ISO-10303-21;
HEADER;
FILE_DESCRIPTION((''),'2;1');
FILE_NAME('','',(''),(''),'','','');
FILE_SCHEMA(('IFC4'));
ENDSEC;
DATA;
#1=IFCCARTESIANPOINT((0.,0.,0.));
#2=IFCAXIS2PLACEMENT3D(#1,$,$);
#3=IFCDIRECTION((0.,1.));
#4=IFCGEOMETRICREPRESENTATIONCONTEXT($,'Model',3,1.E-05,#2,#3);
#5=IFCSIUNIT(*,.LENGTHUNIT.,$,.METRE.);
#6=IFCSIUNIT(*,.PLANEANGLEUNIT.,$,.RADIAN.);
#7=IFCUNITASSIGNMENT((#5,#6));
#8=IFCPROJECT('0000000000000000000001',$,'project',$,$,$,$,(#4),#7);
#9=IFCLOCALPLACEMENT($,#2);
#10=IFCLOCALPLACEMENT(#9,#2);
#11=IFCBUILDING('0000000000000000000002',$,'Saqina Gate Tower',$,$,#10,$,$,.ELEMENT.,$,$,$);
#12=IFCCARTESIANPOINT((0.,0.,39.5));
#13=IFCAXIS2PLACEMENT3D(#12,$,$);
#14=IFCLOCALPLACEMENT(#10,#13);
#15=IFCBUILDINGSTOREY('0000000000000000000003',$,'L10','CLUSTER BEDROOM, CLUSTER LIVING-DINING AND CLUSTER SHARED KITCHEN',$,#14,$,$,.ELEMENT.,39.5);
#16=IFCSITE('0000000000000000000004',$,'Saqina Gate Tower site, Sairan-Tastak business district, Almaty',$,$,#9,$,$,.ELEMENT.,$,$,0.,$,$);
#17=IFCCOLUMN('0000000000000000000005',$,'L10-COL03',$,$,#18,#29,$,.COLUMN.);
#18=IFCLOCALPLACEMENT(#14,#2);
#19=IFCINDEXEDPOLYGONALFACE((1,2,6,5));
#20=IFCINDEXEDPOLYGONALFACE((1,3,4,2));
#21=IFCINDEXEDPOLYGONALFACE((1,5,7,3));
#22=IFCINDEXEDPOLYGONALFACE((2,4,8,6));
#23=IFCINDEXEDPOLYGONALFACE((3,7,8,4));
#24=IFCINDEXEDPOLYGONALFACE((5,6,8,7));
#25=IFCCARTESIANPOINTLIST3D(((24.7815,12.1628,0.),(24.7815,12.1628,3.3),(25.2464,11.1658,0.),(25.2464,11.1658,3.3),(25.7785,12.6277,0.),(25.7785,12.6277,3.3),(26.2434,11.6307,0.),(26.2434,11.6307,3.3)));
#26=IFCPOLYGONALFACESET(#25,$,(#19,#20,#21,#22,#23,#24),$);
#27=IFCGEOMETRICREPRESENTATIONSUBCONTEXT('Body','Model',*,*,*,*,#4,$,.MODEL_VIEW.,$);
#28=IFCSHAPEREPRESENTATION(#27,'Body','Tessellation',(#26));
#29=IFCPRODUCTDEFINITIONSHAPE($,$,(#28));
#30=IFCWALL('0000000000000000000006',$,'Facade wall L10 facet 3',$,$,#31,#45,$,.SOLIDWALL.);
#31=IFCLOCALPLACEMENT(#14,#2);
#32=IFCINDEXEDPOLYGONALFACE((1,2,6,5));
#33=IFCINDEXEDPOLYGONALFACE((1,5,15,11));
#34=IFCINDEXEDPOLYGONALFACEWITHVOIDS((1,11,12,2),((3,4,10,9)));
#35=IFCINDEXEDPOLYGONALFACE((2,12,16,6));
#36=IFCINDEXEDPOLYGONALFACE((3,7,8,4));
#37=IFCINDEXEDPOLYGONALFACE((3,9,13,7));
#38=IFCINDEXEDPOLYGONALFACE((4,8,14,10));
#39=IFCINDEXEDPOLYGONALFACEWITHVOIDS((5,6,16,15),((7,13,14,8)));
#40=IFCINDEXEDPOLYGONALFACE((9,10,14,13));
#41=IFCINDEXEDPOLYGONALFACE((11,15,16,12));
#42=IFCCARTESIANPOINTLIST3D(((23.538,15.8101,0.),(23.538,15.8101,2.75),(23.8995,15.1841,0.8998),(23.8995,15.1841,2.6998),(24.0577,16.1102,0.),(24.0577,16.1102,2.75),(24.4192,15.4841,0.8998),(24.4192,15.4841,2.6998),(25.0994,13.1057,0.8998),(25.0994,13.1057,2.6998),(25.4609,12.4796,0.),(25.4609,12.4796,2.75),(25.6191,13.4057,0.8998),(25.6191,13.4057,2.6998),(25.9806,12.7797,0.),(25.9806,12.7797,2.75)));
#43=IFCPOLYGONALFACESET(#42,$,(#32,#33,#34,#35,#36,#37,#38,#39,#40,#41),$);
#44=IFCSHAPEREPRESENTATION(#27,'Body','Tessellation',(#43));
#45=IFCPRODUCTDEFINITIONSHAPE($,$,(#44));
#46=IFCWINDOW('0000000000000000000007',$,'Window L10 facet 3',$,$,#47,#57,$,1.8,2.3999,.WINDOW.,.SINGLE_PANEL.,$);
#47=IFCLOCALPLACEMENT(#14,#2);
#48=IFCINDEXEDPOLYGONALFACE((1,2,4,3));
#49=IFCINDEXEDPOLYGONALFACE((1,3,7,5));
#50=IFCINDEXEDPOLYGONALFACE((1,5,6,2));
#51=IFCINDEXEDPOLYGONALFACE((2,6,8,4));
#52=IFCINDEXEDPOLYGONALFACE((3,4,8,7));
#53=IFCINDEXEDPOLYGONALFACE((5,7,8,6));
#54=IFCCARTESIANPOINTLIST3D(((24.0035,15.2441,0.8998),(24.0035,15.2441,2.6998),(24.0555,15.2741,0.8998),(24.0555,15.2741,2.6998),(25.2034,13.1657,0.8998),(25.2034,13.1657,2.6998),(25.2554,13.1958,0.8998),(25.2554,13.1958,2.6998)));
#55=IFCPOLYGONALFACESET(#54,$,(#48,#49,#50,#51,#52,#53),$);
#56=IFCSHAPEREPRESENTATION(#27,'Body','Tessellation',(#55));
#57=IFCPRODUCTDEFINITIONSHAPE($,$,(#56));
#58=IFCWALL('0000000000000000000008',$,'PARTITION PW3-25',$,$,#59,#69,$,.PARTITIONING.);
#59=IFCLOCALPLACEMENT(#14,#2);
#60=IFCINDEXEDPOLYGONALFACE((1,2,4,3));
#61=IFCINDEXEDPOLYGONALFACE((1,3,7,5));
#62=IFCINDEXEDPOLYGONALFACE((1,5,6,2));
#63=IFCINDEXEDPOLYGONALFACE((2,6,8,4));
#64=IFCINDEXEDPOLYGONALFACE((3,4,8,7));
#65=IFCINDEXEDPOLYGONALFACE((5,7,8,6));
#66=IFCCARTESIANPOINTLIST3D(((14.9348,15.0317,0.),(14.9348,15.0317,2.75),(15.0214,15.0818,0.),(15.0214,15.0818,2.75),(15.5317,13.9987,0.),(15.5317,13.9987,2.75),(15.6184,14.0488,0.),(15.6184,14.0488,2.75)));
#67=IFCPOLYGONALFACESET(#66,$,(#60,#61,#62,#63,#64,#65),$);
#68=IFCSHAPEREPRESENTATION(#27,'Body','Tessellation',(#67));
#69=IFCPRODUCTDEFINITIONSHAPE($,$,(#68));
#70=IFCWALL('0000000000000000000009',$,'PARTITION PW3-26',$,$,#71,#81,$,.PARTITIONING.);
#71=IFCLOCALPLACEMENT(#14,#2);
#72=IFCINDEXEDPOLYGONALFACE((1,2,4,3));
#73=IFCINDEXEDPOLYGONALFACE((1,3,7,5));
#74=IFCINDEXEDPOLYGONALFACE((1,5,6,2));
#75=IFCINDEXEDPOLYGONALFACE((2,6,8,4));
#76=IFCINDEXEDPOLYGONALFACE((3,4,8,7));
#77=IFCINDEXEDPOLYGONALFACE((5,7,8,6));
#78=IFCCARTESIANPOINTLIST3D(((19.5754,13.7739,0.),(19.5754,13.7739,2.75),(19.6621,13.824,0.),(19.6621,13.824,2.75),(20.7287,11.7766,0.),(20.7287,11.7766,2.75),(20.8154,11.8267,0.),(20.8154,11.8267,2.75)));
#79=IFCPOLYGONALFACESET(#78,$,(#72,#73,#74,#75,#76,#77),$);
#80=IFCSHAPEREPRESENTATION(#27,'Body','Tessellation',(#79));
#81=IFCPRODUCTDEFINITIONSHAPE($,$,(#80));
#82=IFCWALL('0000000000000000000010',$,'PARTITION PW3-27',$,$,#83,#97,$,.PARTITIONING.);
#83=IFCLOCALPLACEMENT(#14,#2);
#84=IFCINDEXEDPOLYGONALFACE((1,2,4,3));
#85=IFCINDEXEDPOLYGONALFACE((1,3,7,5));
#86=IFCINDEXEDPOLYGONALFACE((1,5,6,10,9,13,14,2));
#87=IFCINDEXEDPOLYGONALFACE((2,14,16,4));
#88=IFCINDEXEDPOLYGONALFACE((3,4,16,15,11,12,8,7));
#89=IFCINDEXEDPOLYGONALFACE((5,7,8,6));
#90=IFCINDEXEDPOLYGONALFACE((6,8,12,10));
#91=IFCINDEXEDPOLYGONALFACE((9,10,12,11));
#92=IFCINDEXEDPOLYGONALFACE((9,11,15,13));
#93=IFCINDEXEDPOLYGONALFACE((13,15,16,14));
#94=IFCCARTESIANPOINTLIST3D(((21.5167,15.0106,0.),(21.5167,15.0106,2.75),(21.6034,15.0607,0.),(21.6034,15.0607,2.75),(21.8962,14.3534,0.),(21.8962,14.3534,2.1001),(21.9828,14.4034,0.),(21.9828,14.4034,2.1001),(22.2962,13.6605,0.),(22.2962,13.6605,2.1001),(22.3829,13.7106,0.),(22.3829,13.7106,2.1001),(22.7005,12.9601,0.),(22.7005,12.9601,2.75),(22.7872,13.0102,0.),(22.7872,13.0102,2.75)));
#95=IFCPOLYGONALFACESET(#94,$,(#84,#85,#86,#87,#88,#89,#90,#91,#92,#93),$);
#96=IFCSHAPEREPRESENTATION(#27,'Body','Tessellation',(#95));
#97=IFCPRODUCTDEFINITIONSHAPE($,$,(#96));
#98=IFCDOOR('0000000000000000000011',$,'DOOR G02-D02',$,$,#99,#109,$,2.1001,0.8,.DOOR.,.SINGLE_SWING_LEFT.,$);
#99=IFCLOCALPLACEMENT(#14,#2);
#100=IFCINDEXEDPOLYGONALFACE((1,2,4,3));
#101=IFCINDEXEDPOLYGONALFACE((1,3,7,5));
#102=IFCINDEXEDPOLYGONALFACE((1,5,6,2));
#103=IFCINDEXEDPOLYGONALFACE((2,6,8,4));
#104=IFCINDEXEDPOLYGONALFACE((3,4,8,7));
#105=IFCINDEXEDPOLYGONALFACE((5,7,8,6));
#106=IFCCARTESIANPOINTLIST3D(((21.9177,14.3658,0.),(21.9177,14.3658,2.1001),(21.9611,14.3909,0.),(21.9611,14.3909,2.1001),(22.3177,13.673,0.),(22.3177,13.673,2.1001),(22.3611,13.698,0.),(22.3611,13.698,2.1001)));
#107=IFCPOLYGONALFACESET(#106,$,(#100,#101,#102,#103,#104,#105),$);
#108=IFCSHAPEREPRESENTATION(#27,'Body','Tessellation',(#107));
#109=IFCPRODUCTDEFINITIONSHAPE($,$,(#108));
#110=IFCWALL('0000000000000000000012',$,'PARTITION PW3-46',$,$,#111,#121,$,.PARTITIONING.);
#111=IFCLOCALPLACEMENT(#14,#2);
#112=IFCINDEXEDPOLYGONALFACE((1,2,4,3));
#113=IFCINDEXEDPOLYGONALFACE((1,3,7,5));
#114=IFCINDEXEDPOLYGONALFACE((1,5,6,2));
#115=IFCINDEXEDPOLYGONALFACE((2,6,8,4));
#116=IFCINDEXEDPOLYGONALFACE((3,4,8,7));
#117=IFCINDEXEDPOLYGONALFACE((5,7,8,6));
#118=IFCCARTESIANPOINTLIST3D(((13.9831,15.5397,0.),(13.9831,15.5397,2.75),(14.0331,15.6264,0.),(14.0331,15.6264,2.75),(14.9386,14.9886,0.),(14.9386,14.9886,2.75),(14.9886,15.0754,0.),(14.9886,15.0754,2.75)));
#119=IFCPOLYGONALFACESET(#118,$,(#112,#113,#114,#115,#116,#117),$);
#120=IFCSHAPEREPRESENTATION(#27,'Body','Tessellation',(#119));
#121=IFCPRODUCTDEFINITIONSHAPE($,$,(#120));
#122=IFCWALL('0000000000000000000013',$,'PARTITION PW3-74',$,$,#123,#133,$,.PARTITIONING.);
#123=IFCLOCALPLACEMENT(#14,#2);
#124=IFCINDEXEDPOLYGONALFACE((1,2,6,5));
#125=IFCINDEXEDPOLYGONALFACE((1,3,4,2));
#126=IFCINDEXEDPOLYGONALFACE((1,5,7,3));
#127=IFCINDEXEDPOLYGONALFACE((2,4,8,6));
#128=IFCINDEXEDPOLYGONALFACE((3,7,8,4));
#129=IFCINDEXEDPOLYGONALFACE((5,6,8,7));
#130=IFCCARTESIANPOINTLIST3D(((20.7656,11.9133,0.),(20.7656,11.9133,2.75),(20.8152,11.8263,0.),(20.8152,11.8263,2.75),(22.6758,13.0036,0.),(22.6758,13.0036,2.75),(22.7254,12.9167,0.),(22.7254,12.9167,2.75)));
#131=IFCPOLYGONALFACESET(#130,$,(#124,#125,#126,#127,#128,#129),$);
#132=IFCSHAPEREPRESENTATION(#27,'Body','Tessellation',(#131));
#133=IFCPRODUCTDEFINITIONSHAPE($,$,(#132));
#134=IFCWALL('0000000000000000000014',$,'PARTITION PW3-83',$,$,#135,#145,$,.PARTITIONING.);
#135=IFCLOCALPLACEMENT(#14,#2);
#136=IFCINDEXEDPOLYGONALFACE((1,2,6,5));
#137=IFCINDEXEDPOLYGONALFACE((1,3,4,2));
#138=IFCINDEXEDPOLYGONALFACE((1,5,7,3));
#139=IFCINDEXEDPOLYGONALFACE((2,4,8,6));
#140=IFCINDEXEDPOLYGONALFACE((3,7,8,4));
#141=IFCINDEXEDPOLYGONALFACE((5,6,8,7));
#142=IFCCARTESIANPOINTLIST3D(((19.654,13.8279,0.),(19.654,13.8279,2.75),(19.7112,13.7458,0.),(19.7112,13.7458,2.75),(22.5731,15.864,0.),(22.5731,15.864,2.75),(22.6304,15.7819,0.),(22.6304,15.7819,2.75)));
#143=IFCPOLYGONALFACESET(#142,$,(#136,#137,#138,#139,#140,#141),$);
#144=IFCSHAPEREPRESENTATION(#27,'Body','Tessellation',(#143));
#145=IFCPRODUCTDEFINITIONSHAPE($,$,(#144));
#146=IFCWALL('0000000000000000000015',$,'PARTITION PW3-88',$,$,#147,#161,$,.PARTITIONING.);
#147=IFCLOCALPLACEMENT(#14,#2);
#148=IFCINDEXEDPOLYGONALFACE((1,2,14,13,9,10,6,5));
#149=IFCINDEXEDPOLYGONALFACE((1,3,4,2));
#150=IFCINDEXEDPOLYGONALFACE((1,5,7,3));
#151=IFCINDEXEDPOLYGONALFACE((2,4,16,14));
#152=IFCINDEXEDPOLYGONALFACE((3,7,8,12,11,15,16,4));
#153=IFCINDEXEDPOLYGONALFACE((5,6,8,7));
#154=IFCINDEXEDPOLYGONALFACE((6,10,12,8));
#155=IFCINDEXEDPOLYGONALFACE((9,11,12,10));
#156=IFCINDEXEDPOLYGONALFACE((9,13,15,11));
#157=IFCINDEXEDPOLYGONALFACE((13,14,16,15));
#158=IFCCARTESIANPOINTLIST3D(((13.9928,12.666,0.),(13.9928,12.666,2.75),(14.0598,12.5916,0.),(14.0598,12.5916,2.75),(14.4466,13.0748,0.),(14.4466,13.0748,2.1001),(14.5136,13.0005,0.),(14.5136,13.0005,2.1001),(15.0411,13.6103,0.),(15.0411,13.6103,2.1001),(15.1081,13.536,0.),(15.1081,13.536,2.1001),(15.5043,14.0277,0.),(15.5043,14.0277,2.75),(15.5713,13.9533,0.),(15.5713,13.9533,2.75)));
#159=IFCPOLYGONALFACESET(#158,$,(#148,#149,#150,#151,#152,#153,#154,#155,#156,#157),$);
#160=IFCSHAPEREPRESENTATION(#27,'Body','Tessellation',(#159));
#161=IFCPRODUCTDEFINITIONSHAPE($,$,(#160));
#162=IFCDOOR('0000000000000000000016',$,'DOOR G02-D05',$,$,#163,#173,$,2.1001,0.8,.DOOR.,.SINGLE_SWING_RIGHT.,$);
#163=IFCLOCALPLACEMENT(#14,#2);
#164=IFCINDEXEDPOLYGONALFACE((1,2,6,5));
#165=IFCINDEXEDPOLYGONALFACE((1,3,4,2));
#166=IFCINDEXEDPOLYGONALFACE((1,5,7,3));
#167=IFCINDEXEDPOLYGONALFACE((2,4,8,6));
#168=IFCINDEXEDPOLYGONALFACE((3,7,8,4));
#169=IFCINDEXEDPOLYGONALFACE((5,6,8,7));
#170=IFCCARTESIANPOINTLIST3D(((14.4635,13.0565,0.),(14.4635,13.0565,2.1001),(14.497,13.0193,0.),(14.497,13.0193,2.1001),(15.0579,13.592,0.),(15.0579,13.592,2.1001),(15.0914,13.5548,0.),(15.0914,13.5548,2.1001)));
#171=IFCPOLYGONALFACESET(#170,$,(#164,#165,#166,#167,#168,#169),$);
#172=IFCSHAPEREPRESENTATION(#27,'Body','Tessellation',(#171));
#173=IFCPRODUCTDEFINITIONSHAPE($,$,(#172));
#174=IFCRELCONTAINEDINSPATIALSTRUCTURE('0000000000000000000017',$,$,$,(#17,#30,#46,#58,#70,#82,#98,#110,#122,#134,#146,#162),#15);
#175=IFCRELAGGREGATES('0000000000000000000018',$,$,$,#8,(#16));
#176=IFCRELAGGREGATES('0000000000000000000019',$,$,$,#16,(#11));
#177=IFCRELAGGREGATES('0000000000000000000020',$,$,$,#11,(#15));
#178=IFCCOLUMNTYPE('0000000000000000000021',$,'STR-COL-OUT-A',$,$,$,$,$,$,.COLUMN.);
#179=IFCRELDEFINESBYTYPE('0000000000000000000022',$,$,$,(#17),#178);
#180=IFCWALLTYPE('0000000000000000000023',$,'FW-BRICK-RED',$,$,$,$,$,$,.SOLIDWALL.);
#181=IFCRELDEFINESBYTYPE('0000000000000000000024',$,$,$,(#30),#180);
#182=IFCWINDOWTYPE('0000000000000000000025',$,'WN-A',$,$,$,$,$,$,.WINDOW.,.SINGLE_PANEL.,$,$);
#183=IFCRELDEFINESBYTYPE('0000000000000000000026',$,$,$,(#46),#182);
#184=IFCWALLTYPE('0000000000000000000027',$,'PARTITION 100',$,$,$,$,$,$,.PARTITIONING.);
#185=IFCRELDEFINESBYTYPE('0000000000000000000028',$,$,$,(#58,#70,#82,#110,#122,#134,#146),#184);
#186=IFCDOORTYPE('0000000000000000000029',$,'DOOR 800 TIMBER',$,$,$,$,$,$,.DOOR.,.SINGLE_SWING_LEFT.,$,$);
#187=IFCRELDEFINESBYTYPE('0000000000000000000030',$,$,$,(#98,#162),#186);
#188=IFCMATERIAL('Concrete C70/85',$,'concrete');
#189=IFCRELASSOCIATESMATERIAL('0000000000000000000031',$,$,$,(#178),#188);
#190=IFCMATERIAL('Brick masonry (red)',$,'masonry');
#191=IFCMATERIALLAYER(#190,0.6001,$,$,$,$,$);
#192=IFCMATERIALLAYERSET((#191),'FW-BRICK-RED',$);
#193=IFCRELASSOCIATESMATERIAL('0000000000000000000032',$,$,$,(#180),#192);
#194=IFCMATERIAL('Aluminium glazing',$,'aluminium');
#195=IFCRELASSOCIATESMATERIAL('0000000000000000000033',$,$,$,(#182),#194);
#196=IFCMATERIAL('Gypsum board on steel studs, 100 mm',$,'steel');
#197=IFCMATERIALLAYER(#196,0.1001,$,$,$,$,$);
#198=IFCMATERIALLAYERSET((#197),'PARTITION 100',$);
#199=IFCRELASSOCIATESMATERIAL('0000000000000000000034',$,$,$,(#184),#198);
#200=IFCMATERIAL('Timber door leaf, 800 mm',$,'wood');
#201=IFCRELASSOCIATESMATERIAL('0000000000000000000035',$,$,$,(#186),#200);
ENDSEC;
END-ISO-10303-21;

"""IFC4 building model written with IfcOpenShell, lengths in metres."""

from ifc_helpers import new_model, si_unit, direction, frame, frame_2d, origin, origin_2d, place, context, subcontext, project, spatial, rectangle, extrude, material, layer, layer_set, material_profile, profile_set, type_object, element, fill, save


model = new_model("IFC4")

# Units and contexts
model_context = context("Model", 3, precision=1e-05, world=origin(), true_north=direction((0.0, 1.0)))
body_context = subcontext(model_context, "Body", "Model", "MODEL_VIEW")
ifc_project = project(units=[si_unit("LENGTHUNIT", "METRE"), si_unit("PLANEANGLEUNIT", "RADIAN")], contexts=[model_context])

# Site, building, storey
site_placement = place(None, origin())
site = spatial("IfcSite", under=ifc_project, at=site_placement, Name="Saqina Gate Tower site, Sairan-Tastak business district, Almaty", CompositionType="ELEMENT", RefElevation=0.0)
building_placement = place(site_placement, origin())
building = spatial("IfcBuilding", under=site, at=building_placement, Name="Saqina Gate Tower", CompositionType="ELEMENT")
storey_placement = place(building_placement, frame((0.0, 0.0, 39.5)))
storey = spatial("IfcBuildingStorey", under=building, at=storey_placement, Name="L10", Description="CLUSTER BEDROOM, CLUSTER LIVING-DINING AND CLUSTER SHARED KITCHEN", CompositionType="ELEMENT", Elevation=39.5)

# Column
ifc_material_1 = material(Name="Concrete C70/85", Category="concrete")
ifc_material_profile = material_profile(ifc_material_1, rectangle(XDim=1.1001, YDim=1.1001, at=origin_2d()), Name="RC 1100x1100")
ifc_profile_set = profile_set([ifc_material_profile], Name="Concrete C70/85")
column_type = type_object("IfcColumnType", Name="STR-COL-OUT-A", PredefinedType="COLUMN", material=ifc_profile_set)
column_placement = place(storey_placement, frame((25.5125, 11.8967, 0.0), z_axis=(0.0, 0.0, 1.0), x_axis=(0.906308, 0.422618, 0.0)))
element("IfcColumn", 1, at=column_placement, inside=storey, type_object=column_type, Name="L10-COL03", PredefinedType="COLUMN", context=body_context, shape_type="SweptSolid", body=[
    extrude(rectangle(XDim=1.1001, YDim=1.1001, at=origin_2d()), origin(), (0.0, 0.0, 1.0), 3.3),
])

# Wall, opening, window
ifc_material_2 = material(Name="Brick masonry (red)", Category="masonry")
ifc_layer_1 = layer(ifc_material_2, 0.6001)
ifc_layer_set_1 = layer_set([ifc_layer_1], Name="FW-BRICK-RED")
wall_type_1 = type_object("IfcWallType", Name="FW-BRICK-RED", PredefinedType="SOLIDWALL", material=ifc_layer_set_1)
wall_1_placement = place(storey_placement, frame((25.7207, 12.6296, 0.0), z_axis=(0.0, 0.0, 1.0), x_axis=(-0.49999, 0.866031, 0.0)))
wall_1 = element("IfcWall", 2, at=wall_1_placement, inside=storey, type_object=wall_type_1, Name="Facade wall L10 facet 3", PredefinedType="SOLIDWALL", context=body_context, shape_type="SweptSolid", body=[
    extrude(rectangle(XDim=3.8457, YDim=0.6001, at=frame_2d((1.9229, 0.0))), origin(), (0.0, 0.0, 1.0), 2.75),
])
opening_1_placement = place(wall_1_placement, frame((0.7229, 0.0, 0.8999)))
opening_1 = element("IfcOpeningElement", 3, at=opening_1_placement, cuts=wall_1, PredefinedType="OPENING", context=body_context, shape_type="SweptSolid", body=[
    extrude(rectangle(XDim=2.3999, YDim=1.8, at=frame_2d((1.2, 0.8999))), frame((0.0, 0.312, 0.0), z_axis=(0.0, -1.0, 0.0), x_axis=(1.0, 0.0, 0.0)), (0.0, 0.0, 1.0), 0.624),
])
ifc_material_3 = material(Name="Aluminium glazing", Category="aluminium")
window_type = type_object("IfcWindowType", Name="WN-A", PartitioningType="SINGLE_PANEL", PredefinedType="WINDOW", material=ifc_material_3)
window_placement = place(opening_1_placement, origin())
window = element("IfcWindow", 4, at=window_placement, inside=storey, type_object=window_type, Name="Window L10 facet 3", OverallHeight=1.8, OverallWidth=2.3999, PartitioningType="SINGLE_PANEL", PredefinedType="WINDOW", context=body_context, shape_type="SweptSolid", body=[
    extrude(rectangle(XDim=2.3999, YDim=1.8, at=frame_2d((1.2, 0.8999))), frame((0.0, 0.1799, 0.0), z_axis=(0.0, -1.0, 0.0), x_axis=(1.0, 0.0, 0.0)), (0.0, 0.0, 1.0), 0.0601),
])
fill(opening_1, window)

# Walls
ifc_material_4 = material(Name="Gypsum board on steel studs, 100 mm", Category="steel")
ifc_layer_2 = layer(ifc_material_4, 0.1001)
ifc_layer_set_2 = layer_set([ifc_layer_2], Name="PARTITION 100")
wall_type_2 = type_object("IfcWallType", Name="PARTITION 100", PredefinedType="PARTITIONING", material=ifc_layer_set_2)
wall_2_placement = place(storey_placement, frame((14.978, 15.0569, 0.0), z_axis=(0.0, 0.0, 1.0), x_axis=(0.500342, -0.865828, 0.0)))
element("IfcWall", 5, at=wall_2_placement, inside=storey, type_object=wall_type_2, Name="PARTITION PW3-25", PredefinedType="PARTITIONING", context=body_context, shape_type="SweptSolid", body=[
    extrude(rectangle(XDim=1.1931, YDim=0.1001, at=frame_2d((0.5967, 0.0))), origin(), (0.0, 0.0, 1.0), 2.75),
])
wall_3_placement = place(storey_placement, frame((19.6187, 13.7991, 0.0), z_axis=(0.0, 0.0, 1.0), x_axis=(0.500055, -0.865993, 0.0)))
element("IfcWall", 6, at=wall_3_placement, inside=storey, type_object=wall_type_2, Name="PARTITION PW3-26", PredefinedType="PARTITIONING", context=body_context, shape_type="SweptSolid", body=[
    extrude(rectangle(XDim=2.3064, YDim=0.1001, at=frame_2d((1.1533, 0.0))), origin(), (0.0, 0.0, 1.0), 2.75),
])

# Wall, opening, door
wall_4_placement = place(storey_placement, frame((21.5601, 15.0356, 0.0), z_axis=(0.0, 0.0, 1.0), x_axis=(0.499987, -0.866033, 0.0)))
wall_4 = element("IfcWall", 7, at=wall_4_placement, inside=storey, type_object=wall_type_2, Name="PARTITION PW3-27", PredefinedType="PARTITIONING", context=body_context, shape_type="SweptSolid", body=[
    extrude(rectangle(XDim=2.3677, YDim=0.1001, at=frame_2d((1.1838, 0.0))), origin(), (0.0, 0.0, 1.0), 2.75),
])
opening_2_placement = place(wall_4_placement, frame((0.759, 0.0, 0.0)))
opening_2 = element("IfcOpeningElement", 8, at=opening_2_placement, cuts=wall_4, PredefinedType="OPENING", context=body_context, shape_type="SweptSolid", body=[
    extrude(rectangle(XDim=0.8, YDim=2.1001, at=frame_2d((0.3999, 1.05))), frame((0.0, 0.062, 0.0), z_axis=(0.0, -1.0, 0.0), x_axis=(1.0, 0.0, 0.0)), (0.0, 0.0, 1.0), 0.124),
])
ifc_material_5 = material(Name="Timber door leaf, 800 mm", Category="wood")
door_type_1 = type_object("IfcDoorType", Name="DOOR 800 TIMBER", OperationType="SINGLE_SWING_LEFT", PredefinedType="DOOR", material=ifc_material_5)
door_1_placement = place(opening_2_placement, origin())
door_1 = element("IfcDoor", 9, at=door_1_placement, inside=storey, type_object=door_type_1, Name="DOOR G02-D02", OperationType="SINGLE_SWING_LEFT", OverallHeight=2.1001, OverallWidth=0.8, PredefinedType="DOOR", context=body_context, shape_type="SweptSolid", body=[
    extrude(rectangle(XDim=0.8, YDim=2.1001, at=frame_2d((0.3999, 1.05))), frame((0.0, 0.0249, 0.0), z_axis=(0.0, -1.0, 0.0), x_axis=(1.0, 0.0, 0.0)), (0.0, 0.0, 1.0), 0.05),
])
fill(opening_2, door_1)

# Walls
wall_5_placement = place(storey_placement, frame((14.0081, 15.583, 0.0), z_axis=(0.0, 0.0, 1.0), x_axis=(0.866289, -0.499544, 0.0)))
element("IfcWall", 10, at=wall_5_placement, inside=storey, type_object=wall_type_2, Name="PARTITION PW3-46", PredefinedType="PARTITIONING", context=body_context, shape_type="SweptSolid", body=[
    extrude(rectangle(XDim=1.103, YDim=0.1001, at=frame_2d((0.5515, 0.0))), origin(), (0.0, 0.0, 1.0), 2.75),
])
wall_6_placement = place(storey_placement, frame((20.7905, 11.8699, 0.0), z_axis=(0.0, 0.0, 1.0), x_axis=(0.868475, 0.495732, 0.0)))
element("IfcWall", 11, at=wall_6_placement, inside=storey, type_object=wall_type_2, Name="PARTITION PW3-74", PredefinedType="PARTITIONING", context=body_context, shape_type="SweptSolid", body=[
    extrude(rectangle(XDim=2.1995, YDim=0.1001, at=frame_2d((1.0996, 0.0))), origin(), (0.0, 0.0, 1.0), 2.75),
])
wall_7_placement = place(storey_placement, frame((19.6826, 13.7869, 0.0), z_axis=(0.0, 0.0, 1.0), x_axis=(0.820194, 0.572085, 0.0)))
element("IfcWall", 12, at=wall_7_placement, inside=storey, type_object=wall_type_2, Name="PARTITION PW3-83", PredefinedType="PARTITIONING", context=body_context, shape_type="SweptSolid", body=[
    extrude(rectangle(XDim=3.5591, YDim=0.1001, at=frame_2d((1.7795, 0.0))), origin(), (0.0, 0.0, 1.0), 2.75),
])

# Wall, opening, door
wall_8_placement = place(storey_placement, frame((14.0264, 12.6289, 0.0), z_axis=(0.0, 0.0, 1.0), x_axis=(0.74299, 0.669303, 0.0)))
wall_8 = element("IfcWall", 13, at=wall_8_placement, inside=storey, type_object=wall_type_2, Name="PARTITION PW3-88", PredefinedType="PARTITIONING", context=body_context, shape_type="SweptSolid", body=[
    extrude(rectangle(XDim=2.0344, YDim=0.1001, at=frame_2d((1.0171, 0.0))), origin(), (0.0, 0.0, 1.0), 2.75),
])
opening_3_placement = place(wall_8_placement, frame((0.6108, 0.0, 0.0)))
opening_3 = element("IfcOpeningElement", 14, at=opening_3_placement, cuts=wall_8, PredefinedType="OPENING", context=body_context, shape_type="SweptSolid", body=[
    extrude(rectangle(XDim=0.8, YDim=2.1001, at=frame_2d((0.3999, 1.05))), frame((0.0, 0.062, 0.0), z_axis=(0.0, -1.0, 0.0), x_axis=(1.0, 0.0, 0.0)), (0.0, 0.0, 1.0), 0.124),
])
door_2_placement = place(opening_3_placement, frame((0.8, 0.0, 0.0), z_axis=(0.0, 0.0, 1.0), x_axis=(-1.0, 0.0, 0.0)))
door_2 = element("IfcDoor", 15, at=door_2_placement, inside=storey, type_object=door_type_1, Name="DOOR G02-D05", OperationType="SINGLE_SWING_RIGHT", OverallHeight=2.1001, OverallWidth=0.8, PredefinedType="DOOR", context=body_context, shape_type="SweptSolid", body=[
    extrude(rectangle(XDim=0.8, YDim=2.1001, at=frame_2d((0.3999, 1.05))), frame((0.0, 0.0249, 0.0), z_axis=(0.0, -1.0, 0.0), x_axis=(1.0, 0.0, 0.0)), (0.0, 0.0, 1.0), 0.05),
])
fill(opening_3, door_2)

save(model, "model.ifc")
